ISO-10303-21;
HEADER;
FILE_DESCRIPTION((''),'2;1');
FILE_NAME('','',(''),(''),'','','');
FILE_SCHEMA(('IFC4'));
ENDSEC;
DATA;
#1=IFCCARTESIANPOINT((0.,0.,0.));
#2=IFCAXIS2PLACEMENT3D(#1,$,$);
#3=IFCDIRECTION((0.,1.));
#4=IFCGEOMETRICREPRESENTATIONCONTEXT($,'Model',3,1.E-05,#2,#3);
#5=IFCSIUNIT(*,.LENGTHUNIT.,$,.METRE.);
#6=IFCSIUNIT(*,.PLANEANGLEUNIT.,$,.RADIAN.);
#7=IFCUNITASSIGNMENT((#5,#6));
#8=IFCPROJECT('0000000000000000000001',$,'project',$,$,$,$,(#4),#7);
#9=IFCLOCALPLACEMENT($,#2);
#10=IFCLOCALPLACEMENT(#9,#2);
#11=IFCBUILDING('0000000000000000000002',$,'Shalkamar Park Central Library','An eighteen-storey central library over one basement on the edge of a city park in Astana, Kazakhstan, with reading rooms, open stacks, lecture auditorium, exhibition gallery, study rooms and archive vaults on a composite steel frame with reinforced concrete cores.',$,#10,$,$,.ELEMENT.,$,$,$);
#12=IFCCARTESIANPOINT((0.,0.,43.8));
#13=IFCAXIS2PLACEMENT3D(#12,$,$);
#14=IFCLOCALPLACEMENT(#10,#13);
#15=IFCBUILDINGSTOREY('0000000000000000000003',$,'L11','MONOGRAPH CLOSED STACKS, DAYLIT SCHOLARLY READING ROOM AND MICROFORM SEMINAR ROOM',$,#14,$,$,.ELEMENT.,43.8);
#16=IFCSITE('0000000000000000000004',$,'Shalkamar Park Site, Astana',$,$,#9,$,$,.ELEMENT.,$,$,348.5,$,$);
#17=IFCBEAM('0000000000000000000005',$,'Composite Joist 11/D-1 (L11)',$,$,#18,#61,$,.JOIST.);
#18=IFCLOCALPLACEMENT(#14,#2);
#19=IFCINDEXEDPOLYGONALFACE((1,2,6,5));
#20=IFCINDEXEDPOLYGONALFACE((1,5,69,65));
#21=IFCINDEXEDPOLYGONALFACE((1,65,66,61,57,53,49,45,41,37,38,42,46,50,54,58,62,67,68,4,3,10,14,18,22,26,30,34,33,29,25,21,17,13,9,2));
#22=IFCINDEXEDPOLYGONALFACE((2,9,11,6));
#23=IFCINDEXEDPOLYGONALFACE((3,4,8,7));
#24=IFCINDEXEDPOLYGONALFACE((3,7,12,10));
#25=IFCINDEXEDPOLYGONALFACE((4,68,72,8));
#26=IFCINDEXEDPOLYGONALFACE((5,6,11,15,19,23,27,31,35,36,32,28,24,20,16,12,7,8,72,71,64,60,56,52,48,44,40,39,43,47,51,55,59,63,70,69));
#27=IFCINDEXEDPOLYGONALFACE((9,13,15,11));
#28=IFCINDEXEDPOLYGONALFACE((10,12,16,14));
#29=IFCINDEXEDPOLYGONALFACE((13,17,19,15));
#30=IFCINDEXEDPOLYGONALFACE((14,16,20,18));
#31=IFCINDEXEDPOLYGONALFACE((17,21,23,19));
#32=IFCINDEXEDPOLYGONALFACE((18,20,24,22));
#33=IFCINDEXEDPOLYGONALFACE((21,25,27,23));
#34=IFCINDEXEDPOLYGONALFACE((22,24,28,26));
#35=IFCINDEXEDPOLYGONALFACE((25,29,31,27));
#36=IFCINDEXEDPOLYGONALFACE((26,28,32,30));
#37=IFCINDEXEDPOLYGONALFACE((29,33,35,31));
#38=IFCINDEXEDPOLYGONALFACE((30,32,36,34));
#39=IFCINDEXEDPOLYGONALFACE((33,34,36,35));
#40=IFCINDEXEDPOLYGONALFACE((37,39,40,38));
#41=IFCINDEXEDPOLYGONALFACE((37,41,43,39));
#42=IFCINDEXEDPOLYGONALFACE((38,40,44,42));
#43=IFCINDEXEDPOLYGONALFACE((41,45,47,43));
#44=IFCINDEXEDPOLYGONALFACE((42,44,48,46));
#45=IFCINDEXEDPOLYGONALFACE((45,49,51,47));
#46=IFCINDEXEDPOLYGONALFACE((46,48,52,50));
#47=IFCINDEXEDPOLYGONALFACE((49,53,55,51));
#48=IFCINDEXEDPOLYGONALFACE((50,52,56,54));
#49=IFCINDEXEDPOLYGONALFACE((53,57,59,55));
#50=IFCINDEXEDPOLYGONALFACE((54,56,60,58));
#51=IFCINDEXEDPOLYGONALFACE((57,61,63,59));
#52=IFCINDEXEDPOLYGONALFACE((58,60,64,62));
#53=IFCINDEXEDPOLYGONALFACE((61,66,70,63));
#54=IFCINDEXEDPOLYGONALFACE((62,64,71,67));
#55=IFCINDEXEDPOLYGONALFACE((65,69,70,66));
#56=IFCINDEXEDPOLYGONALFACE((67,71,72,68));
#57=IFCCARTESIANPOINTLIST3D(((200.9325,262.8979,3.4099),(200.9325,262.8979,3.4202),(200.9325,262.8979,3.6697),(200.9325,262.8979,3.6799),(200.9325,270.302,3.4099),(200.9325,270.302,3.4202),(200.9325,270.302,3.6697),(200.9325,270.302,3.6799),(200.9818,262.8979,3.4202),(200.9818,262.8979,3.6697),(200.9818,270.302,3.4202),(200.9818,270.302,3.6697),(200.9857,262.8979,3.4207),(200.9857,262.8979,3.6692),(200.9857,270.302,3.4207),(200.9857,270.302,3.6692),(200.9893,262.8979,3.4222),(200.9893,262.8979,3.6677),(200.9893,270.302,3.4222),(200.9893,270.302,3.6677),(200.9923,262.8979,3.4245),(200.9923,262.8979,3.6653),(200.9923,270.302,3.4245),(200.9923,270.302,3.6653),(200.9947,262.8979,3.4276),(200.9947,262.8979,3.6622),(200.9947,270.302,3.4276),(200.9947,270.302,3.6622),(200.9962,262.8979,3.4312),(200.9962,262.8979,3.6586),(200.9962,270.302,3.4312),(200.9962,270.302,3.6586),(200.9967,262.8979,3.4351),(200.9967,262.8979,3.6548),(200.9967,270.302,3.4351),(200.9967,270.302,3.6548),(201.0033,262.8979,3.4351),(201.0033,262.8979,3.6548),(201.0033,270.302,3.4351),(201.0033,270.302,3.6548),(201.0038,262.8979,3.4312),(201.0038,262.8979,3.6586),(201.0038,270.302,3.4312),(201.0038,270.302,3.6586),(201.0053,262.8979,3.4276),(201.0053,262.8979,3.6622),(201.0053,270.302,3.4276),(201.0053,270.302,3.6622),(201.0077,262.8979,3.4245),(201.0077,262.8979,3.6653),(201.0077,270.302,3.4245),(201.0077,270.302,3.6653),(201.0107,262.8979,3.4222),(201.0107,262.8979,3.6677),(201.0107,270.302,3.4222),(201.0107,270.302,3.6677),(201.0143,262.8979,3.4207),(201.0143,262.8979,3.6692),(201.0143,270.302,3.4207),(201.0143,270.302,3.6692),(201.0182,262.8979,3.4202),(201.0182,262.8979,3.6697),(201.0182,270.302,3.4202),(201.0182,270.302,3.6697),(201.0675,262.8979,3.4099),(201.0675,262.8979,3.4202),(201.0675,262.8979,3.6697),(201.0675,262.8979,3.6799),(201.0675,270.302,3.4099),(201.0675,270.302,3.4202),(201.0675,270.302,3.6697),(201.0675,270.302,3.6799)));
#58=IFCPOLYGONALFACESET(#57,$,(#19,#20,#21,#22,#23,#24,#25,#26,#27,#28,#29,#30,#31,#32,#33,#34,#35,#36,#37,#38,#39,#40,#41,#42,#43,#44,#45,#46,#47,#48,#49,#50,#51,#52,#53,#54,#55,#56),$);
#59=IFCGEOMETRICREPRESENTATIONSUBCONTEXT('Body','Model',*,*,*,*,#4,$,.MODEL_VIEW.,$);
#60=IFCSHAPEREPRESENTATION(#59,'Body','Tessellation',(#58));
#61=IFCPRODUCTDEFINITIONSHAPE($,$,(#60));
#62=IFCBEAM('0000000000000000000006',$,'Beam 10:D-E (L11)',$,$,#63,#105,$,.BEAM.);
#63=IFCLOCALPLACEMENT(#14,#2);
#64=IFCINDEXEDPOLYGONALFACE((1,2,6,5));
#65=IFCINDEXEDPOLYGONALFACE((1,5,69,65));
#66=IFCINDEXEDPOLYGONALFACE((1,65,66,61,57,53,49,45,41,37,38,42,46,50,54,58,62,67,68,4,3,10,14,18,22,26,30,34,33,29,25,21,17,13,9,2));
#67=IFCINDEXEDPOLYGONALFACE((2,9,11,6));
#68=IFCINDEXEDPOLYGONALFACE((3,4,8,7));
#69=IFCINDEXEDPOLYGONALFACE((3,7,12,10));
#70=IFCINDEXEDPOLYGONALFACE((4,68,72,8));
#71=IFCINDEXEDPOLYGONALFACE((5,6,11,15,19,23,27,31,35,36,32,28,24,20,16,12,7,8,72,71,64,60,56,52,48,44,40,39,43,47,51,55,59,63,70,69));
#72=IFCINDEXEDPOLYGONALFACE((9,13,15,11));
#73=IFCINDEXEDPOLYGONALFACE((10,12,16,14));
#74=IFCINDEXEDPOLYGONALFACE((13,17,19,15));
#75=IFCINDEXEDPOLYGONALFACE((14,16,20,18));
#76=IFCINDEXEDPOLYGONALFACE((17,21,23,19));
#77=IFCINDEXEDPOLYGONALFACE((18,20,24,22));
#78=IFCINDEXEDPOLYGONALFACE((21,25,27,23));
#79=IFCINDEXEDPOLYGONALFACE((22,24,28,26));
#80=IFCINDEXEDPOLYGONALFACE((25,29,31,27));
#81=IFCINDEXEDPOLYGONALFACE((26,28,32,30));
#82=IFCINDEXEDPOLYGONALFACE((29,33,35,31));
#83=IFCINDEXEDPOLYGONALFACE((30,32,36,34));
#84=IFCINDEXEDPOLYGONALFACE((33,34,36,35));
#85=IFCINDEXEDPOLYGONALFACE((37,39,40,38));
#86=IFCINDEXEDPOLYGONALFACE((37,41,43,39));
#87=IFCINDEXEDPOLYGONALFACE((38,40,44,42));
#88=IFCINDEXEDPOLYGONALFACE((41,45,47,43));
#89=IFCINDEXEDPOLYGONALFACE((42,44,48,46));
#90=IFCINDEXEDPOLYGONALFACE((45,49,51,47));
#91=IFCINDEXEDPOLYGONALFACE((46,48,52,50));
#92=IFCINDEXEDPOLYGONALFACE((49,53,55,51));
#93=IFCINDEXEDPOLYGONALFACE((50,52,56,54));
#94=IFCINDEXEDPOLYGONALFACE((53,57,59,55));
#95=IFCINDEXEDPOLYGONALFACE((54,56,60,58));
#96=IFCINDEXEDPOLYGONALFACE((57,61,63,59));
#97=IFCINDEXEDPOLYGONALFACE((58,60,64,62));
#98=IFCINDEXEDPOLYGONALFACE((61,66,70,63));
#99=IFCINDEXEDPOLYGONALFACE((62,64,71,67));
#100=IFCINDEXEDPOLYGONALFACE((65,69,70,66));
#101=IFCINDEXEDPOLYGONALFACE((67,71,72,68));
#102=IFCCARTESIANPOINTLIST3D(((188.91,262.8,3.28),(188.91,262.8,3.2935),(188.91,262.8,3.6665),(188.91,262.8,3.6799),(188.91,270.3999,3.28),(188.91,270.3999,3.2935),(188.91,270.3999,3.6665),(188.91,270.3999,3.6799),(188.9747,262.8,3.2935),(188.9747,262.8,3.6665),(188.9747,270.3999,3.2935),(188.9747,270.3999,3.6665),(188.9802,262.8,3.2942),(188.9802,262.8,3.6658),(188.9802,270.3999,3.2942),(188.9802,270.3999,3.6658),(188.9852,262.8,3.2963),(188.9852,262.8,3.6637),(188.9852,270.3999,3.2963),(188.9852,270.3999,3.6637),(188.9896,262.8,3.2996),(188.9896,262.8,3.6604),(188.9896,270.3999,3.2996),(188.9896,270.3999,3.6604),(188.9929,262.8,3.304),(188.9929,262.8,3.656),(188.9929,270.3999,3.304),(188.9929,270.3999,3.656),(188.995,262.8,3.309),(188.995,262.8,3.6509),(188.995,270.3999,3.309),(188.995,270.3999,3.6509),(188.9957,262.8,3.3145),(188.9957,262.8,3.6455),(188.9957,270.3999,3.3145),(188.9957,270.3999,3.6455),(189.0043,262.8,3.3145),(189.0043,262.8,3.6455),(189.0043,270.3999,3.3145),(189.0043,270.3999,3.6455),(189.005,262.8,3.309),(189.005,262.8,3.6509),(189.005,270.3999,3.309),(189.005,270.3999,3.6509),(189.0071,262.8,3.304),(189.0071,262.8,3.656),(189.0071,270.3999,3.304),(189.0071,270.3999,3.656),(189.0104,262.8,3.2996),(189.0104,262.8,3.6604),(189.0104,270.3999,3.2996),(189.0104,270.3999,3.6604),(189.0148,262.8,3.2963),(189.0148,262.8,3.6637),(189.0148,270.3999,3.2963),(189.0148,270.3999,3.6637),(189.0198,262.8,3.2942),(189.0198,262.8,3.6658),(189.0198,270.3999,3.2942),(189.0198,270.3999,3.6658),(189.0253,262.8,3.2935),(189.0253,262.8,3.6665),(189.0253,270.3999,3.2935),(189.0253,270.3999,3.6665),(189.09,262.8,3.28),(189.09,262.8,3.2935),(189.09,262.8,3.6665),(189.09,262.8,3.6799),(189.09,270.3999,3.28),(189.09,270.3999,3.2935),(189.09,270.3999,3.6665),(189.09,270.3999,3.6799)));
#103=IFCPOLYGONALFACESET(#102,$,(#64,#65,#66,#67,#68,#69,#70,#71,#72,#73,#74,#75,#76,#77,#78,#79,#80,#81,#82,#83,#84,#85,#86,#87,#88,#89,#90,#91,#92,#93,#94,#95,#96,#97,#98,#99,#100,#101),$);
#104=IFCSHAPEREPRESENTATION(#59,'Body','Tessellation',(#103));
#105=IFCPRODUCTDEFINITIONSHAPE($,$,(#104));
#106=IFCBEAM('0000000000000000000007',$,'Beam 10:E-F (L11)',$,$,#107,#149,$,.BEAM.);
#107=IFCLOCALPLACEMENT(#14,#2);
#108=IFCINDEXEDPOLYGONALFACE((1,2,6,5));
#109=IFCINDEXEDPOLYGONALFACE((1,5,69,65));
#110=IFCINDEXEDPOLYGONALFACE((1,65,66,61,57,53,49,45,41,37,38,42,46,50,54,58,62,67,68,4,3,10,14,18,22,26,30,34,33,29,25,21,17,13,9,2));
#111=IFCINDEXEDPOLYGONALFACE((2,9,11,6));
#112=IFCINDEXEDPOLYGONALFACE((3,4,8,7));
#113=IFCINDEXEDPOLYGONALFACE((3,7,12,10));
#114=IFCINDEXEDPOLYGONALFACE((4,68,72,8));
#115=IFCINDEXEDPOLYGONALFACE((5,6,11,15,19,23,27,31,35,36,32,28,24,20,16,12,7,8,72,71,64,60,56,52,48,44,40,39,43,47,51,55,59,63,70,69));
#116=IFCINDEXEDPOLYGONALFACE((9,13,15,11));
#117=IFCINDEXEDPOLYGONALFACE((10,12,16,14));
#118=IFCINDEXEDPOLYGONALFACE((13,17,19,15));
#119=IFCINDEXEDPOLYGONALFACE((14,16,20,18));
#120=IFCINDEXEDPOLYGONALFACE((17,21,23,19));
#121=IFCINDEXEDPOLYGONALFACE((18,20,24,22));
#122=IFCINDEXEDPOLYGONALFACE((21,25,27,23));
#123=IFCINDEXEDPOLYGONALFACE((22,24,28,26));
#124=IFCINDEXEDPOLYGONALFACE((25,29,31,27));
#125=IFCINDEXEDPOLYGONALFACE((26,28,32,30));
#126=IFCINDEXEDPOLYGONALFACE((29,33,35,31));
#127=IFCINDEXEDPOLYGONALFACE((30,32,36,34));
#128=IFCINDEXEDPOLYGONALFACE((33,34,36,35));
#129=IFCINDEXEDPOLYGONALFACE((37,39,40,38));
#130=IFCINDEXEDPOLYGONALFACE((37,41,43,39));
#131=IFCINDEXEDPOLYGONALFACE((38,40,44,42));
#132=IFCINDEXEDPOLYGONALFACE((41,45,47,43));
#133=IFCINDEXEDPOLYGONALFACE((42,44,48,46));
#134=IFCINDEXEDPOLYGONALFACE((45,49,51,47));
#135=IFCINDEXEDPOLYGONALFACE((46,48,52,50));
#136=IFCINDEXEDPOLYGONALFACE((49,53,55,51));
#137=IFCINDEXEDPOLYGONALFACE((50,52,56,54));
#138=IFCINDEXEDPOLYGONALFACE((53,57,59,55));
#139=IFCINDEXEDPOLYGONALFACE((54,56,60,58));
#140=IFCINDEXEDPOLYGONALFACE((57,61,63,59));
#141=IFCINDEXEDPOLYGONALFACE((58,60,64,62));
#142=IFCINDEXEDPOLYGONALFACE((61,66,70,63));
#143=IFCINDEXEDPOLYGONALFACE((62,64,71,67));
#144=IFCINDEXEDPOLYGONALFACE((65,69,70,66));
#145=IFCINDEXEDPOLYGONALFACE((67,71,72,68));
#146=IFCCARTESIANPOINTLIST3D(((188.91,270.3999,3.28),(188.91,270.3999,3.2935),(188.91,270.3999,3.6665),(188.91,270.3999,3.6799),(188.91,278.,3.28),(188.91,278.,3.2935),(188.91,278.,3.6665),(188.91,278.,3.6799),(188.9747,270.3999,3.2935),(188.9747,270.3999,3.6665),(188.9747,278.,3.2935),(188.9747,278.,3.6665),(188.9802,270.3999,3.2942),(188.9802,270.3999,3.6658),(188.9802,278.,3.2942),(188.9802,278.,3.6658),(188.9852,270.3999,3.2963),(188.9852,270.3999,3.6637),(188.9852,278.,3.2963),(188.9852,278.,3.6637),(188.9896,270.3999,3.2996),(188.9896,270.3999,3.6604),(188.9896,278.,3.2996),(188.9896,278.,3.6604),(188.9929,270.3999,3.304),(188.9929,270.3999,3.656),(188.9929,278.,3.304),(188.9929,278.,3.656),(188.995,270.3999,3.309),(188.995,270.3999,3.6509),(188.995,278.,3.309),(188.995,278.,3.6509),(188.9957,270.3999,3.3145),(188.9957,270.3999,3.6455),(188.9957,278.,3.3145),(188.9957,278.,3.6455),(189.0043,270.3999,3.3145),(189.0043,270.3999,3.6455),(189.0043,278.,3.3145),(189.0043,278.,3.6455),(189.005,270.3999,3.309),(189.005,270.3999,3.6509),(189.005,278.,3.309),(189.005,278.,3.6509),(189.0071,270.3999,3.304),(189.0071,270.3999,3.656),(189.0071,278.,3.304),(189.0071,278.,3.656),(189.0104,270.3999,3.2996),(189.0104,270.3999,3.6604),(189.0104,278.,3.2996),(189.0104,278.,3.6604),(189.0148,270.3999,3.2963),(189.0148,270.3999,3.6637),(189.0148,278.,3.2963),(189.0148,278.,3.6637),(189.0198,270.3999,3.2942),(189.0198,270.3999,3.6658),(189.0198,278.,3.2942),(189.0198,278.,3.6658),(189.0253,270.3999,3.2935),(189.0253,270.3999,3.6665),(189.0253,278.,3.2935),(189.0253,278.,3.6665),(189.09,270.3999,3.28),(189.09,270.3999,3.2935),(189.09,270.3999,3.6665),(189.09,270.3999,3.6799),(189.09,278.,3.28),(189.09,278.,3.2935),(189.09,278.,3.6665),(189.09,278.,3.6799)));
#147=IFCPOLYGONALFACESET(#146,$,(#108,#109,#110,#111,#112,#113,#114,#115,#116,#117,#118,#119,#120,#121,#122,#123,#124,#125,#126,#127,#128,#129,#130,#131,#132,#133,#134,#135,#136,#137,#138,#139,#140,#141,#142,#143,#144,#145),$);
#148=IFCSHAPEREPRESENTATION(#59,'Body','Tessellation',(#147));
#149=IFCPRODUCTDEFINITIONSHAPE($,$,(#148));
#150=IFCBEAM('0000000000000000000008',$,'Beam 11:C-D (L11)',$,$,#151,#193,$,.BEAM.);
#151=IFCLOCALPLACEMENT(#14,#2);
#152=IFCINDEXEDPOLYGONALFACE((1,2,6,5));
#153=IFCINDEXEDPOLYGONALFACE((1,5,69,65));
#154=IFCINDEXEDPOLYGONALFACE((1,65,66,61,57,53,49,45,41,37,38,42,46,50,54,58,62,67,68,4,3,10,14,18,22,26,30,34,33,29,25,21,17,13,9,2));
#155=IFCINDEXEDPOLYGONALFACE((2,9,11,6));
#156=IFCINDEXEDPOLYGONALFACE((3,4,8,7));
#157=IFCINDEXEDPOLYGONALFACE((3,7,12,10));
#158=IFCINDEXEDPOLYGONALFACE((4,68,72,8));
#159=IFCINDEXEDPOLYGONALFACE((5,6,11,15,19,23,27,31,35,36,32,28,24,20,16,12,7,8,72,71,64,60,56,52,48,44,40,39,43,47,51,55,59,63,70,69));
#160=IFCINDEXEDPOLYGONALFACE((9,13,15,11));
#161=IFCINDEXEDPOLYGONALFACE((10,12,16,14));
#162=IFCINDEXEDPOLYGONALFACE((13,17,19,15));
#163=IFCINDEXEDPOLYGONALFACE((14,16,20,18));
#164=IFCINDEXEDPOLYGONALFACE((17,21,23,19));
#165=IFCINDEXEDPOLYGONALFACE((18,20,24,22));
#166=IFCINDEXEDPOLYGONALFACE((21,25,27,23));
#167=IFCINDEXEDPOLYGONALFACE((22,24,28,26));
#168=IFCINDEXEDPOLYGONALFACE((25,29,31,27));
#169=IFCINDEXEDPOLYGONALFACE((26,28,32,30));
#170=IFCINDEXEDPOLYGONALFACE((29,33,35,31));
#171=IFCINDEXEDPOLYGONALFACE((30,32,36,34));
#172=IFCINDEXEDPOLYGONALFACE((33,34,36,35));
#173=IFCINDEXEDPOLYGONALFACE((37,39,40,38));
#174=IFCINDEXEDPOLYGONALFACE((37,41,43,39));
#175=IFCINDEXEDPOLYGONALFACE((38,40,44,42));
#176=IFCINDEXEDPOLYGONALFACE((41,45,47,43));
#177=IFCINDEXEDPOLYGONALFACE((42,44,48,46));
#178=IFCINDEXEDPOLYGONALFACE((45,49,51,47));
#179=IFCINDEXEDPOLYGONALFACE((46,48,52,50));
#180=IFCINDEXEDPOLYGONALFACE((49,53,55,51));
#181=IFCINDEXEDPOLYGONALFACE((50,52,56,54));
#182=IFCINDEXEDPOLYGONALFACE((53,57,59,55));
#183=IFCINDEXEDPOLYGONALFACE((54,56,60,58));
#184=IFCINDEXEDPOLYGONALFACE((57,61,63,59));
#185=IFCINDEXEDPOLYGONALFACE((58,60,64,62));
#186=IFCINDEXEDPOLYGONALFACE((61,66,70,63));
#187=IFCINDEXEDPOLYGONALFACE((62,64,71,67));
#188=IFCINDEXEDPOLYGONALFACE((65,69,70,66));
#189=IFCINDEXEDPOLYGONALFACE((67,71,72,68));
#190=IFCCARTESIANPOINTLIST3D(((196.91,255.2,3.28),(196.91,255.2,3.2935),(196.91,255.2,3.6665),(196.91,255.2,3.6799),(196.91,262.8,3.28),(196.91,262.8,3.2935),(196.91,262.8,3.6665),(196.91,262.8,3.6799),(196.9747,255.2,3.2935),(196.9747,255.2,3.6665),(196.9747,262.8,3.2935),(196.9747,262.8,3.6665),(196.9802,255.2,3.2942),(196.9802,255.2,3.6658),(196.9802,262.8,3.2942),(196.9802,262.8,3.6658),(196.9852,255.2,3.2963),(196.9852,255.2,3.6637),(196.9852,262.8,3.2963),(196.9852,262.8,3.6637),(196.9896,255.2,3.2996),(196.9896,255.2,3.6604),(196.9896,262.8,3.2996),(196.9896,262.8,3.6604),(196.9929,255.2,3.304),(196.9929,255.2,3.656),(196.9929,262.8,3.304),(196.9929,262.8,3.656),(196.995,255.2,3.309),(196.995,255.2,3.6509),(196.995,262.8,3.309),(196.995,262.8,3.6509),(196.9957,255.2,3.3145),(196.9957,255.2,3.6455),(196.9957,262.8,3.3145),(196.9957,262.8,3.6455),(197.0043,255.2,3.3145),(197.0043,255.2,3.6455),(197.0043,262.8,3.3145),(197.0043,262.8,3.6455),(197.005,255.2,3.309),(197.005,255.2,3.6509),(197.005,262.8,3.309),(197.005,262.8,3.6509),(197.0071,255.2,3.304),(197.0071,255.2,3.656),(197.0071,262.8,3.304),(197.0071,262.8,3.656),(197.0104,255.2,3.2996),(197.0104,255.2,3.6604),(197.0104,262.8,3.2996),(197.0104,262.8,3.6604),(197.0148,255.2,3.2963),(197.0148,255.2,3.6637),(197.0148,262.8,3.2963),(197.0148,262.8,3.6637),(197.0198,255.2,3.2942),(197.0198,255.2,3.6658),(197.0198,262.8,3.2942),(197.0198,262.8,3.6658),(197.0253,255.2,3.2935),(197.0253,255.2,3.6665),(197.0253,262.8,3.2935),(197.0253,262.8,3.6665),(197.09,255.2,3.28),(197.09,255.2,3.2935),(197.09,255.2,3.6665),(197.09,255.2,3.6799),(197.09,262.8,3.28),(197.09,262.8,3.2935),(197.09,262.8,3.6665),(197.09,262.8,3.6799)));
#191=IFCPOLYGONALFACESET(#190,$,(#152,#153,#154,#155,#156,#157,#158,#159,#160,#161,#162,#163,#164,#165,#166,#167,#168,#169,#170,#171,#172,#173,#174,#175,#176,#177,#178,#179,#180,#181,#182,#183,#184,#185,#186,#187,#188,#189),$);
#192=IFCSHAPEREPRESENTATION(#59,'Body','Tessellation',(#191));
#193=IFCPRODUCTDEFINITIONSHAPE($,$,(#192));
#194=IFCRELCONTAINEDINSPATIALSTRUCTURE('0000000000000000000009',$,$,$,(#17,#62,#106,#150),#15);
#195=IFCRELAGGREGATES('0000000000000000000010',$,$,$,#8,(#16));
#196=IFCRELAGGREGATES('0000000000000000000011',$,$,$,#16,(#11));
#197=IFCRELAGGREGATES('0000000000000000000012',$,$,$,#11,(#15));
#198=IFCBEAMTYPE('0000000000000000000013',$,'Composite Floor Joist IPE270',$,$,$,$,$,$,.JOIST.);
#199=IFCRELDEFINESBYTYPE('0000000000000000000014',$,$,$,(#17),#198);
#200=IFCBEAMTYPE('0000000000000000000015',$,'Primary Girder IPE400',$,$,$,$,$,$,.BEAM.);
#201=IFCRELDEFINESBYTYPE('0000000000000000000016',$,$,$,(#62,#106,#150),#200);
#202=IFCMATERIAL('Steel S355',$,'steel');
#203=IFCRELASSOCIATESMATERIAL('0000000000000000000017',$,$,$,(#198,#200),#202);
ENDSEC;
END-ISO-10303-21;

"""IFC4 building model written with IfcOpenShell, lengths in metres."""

from ifc_helpers import new_model, si_unit, direction, frame, origin, origin_2d, place, context, subcontext, project, spatial, i_section, extrude, material, material_profile, profile_set, type_object, element, save


model = new_model("IFC4")

# Units and contexts
model_context = context("Model", 3, precision=1e-05, world=origin(), true_north=direction((0.0, 1.0)))
body_context = subcontext(model_context, "Body", "Model", "MODEL_VIEW")
ifc_project = project(units=[si_unit("LENGTHUNIT", "METRE"), si_unit("PLANEANGLEUNIT", "RADIAN")], contexts=[model_context])

# Site, building, storey
site_placement = place(None, origin())
site = spatial("IfcSite", under=ifc_project, at=site_placement, Name="Shalkamar Park Site, Astana", CompositionType="ELEMENT", RefElevation=348.5)
building_placement = place(site_placement, origin())
building = spatial("IfcBuilding", under=site, at=building_placement, Name="Shalkamar Park Central Library", Description="An eighteen-storey central library over one basement on the edge of a city park in Astana, Kazakhstan, with reading rooms, open stacks, lecture auditorium, exhibition gallery, study rooms and archive vaults on a composite steel frame with reinforced concrete cores.", CompositionType="ELEMENT")
storey_placement = place(building_placement, frame((0.0, 0.0, 43.8)))
storey = spatial("IfcBuildingStorey", under=building, at=storey_placement, Name="L11", Description="MONOGRAPH CLOSED STACKS, DAYLIT SCHOLARLY READING ROOM AND MICROFORM SEMINAR ROOM", CompositionType="ELEMENT", Elevation=43.8)

# Shared definitions
ifc_material_1 = material(Name="Steel S355", Category="steel")

# Beams
ifc_material_profile_1 = material_profile(ifc_material_1, i_section(OverallWidth=0.135, OverallDepth=0.27, WebThickness=0.0066, FlangeThickness=0.0103, FilletRadius=0.0149, at=origin_2d()), Name="IPE 270")
ifc_profile_set_1 = profile_set([ifc_material_profile_1], Name="Steel S355")
beam_type_1 = type_object("IfcBeamType", Name="Composite Floor Joist IPE270", PredefinedType="JOIST", material=ifc_profile_set_1)
beam_1_placement = place(storey_placement, frame((201.0, 262.8979, 3.5449), z_axis=(0.0, 1.0, 0.0), x_axis=(-1.0, 0.0, 0.0)))
element("IfcBeam", 1, at=beam_1_placement, inside=storey, type_object=beam_type_1, Name="Composite Joist 11/D-1 (L11)", PredefinedType="JOIST", context=body_context, shape_type="SweptSolid", body=[
    extrude(i_section(OverallWidth=0.135, OverallDepth=0.27, WebThickness=0.0066, FlangeThickness=0.0103, FilletRadius=0.0149, at=origin_2d()), origin(), (0.0, 0.0, 1.0), 7.4041),
])
ifc_material_profile_2 = material_profile(ifc_material_1, i_section(OverallWidth=0.1799, OverallDepth=0.3999, WebThickness=0.0085, FlangeThickness=0.0134, FilletRadius=0.021, at=origin_2d()), Name="IPE 400")
ifc_profile_set_2 = profile_set([ifc_material_profile_2], Name="Steel S355")
beam_type_2 = type_object("IfcBeamType", Name="Primary Girder IPE400", PredefinedType="BEAM", material=ifc_profile_set_2)
beam_2_placement = place(storey_placement, frame((189.0, 262.8, 3.48), z_axis=(0.0, 1.0, 0.0), x_axis=(-1.0, 0.0, 0.0)))
element("IfcBeam", 2, at=beam_2_placement, inside=storey, type_object=beam_type_2, Name="Beam 10:D-E (L11)", PredefinedType="BEAM", context=body_context, shape_type="SweptSolid", body=[
    extrude(i_section(OverallWidth=0.1799, OverallDepth=0.3999, WebThickness=0.0085, FlangeThickness=0.0134, FilletRadius=0.021, at=origin_2d()), origin(), (0.0, 0.0, 1.0), 7.5999),
])
for number, where, z_axis, x_axis, name in (
    (3, (189.0, 270.3999, 3.48), (0.0, 1.0, 0.0), (-1.0, 0.0, 0.0), "Beam 10:E-F (L11)"),
    (4, (197.0, 255.2, 3.48), (0.0, 1.0, 0.0), (-1.0, 0.0, 0.0), "Beam 11:C-D (L11)"),
):
    element("IfcBeam", number, at=place(storey_placement, frame(where, z_axis=z_axis, x_axis=x_axis)), inside=storey, type_object=beam_type_2, Name=name, PredefinedType="BEAM", context=body_context, shape_type="SweptSolid", body=[
        extrude(i_section(OverallWidth=0.1799, OverallDepth=0.3999, WebThickness=0.0085, FlangeThickness=0.0134, FilletRadius=0.021, at=origin_2d()), origin(), (0.0, 0.0, 1.0), 7.6001),
    ])

save(model, "model.ifc")
